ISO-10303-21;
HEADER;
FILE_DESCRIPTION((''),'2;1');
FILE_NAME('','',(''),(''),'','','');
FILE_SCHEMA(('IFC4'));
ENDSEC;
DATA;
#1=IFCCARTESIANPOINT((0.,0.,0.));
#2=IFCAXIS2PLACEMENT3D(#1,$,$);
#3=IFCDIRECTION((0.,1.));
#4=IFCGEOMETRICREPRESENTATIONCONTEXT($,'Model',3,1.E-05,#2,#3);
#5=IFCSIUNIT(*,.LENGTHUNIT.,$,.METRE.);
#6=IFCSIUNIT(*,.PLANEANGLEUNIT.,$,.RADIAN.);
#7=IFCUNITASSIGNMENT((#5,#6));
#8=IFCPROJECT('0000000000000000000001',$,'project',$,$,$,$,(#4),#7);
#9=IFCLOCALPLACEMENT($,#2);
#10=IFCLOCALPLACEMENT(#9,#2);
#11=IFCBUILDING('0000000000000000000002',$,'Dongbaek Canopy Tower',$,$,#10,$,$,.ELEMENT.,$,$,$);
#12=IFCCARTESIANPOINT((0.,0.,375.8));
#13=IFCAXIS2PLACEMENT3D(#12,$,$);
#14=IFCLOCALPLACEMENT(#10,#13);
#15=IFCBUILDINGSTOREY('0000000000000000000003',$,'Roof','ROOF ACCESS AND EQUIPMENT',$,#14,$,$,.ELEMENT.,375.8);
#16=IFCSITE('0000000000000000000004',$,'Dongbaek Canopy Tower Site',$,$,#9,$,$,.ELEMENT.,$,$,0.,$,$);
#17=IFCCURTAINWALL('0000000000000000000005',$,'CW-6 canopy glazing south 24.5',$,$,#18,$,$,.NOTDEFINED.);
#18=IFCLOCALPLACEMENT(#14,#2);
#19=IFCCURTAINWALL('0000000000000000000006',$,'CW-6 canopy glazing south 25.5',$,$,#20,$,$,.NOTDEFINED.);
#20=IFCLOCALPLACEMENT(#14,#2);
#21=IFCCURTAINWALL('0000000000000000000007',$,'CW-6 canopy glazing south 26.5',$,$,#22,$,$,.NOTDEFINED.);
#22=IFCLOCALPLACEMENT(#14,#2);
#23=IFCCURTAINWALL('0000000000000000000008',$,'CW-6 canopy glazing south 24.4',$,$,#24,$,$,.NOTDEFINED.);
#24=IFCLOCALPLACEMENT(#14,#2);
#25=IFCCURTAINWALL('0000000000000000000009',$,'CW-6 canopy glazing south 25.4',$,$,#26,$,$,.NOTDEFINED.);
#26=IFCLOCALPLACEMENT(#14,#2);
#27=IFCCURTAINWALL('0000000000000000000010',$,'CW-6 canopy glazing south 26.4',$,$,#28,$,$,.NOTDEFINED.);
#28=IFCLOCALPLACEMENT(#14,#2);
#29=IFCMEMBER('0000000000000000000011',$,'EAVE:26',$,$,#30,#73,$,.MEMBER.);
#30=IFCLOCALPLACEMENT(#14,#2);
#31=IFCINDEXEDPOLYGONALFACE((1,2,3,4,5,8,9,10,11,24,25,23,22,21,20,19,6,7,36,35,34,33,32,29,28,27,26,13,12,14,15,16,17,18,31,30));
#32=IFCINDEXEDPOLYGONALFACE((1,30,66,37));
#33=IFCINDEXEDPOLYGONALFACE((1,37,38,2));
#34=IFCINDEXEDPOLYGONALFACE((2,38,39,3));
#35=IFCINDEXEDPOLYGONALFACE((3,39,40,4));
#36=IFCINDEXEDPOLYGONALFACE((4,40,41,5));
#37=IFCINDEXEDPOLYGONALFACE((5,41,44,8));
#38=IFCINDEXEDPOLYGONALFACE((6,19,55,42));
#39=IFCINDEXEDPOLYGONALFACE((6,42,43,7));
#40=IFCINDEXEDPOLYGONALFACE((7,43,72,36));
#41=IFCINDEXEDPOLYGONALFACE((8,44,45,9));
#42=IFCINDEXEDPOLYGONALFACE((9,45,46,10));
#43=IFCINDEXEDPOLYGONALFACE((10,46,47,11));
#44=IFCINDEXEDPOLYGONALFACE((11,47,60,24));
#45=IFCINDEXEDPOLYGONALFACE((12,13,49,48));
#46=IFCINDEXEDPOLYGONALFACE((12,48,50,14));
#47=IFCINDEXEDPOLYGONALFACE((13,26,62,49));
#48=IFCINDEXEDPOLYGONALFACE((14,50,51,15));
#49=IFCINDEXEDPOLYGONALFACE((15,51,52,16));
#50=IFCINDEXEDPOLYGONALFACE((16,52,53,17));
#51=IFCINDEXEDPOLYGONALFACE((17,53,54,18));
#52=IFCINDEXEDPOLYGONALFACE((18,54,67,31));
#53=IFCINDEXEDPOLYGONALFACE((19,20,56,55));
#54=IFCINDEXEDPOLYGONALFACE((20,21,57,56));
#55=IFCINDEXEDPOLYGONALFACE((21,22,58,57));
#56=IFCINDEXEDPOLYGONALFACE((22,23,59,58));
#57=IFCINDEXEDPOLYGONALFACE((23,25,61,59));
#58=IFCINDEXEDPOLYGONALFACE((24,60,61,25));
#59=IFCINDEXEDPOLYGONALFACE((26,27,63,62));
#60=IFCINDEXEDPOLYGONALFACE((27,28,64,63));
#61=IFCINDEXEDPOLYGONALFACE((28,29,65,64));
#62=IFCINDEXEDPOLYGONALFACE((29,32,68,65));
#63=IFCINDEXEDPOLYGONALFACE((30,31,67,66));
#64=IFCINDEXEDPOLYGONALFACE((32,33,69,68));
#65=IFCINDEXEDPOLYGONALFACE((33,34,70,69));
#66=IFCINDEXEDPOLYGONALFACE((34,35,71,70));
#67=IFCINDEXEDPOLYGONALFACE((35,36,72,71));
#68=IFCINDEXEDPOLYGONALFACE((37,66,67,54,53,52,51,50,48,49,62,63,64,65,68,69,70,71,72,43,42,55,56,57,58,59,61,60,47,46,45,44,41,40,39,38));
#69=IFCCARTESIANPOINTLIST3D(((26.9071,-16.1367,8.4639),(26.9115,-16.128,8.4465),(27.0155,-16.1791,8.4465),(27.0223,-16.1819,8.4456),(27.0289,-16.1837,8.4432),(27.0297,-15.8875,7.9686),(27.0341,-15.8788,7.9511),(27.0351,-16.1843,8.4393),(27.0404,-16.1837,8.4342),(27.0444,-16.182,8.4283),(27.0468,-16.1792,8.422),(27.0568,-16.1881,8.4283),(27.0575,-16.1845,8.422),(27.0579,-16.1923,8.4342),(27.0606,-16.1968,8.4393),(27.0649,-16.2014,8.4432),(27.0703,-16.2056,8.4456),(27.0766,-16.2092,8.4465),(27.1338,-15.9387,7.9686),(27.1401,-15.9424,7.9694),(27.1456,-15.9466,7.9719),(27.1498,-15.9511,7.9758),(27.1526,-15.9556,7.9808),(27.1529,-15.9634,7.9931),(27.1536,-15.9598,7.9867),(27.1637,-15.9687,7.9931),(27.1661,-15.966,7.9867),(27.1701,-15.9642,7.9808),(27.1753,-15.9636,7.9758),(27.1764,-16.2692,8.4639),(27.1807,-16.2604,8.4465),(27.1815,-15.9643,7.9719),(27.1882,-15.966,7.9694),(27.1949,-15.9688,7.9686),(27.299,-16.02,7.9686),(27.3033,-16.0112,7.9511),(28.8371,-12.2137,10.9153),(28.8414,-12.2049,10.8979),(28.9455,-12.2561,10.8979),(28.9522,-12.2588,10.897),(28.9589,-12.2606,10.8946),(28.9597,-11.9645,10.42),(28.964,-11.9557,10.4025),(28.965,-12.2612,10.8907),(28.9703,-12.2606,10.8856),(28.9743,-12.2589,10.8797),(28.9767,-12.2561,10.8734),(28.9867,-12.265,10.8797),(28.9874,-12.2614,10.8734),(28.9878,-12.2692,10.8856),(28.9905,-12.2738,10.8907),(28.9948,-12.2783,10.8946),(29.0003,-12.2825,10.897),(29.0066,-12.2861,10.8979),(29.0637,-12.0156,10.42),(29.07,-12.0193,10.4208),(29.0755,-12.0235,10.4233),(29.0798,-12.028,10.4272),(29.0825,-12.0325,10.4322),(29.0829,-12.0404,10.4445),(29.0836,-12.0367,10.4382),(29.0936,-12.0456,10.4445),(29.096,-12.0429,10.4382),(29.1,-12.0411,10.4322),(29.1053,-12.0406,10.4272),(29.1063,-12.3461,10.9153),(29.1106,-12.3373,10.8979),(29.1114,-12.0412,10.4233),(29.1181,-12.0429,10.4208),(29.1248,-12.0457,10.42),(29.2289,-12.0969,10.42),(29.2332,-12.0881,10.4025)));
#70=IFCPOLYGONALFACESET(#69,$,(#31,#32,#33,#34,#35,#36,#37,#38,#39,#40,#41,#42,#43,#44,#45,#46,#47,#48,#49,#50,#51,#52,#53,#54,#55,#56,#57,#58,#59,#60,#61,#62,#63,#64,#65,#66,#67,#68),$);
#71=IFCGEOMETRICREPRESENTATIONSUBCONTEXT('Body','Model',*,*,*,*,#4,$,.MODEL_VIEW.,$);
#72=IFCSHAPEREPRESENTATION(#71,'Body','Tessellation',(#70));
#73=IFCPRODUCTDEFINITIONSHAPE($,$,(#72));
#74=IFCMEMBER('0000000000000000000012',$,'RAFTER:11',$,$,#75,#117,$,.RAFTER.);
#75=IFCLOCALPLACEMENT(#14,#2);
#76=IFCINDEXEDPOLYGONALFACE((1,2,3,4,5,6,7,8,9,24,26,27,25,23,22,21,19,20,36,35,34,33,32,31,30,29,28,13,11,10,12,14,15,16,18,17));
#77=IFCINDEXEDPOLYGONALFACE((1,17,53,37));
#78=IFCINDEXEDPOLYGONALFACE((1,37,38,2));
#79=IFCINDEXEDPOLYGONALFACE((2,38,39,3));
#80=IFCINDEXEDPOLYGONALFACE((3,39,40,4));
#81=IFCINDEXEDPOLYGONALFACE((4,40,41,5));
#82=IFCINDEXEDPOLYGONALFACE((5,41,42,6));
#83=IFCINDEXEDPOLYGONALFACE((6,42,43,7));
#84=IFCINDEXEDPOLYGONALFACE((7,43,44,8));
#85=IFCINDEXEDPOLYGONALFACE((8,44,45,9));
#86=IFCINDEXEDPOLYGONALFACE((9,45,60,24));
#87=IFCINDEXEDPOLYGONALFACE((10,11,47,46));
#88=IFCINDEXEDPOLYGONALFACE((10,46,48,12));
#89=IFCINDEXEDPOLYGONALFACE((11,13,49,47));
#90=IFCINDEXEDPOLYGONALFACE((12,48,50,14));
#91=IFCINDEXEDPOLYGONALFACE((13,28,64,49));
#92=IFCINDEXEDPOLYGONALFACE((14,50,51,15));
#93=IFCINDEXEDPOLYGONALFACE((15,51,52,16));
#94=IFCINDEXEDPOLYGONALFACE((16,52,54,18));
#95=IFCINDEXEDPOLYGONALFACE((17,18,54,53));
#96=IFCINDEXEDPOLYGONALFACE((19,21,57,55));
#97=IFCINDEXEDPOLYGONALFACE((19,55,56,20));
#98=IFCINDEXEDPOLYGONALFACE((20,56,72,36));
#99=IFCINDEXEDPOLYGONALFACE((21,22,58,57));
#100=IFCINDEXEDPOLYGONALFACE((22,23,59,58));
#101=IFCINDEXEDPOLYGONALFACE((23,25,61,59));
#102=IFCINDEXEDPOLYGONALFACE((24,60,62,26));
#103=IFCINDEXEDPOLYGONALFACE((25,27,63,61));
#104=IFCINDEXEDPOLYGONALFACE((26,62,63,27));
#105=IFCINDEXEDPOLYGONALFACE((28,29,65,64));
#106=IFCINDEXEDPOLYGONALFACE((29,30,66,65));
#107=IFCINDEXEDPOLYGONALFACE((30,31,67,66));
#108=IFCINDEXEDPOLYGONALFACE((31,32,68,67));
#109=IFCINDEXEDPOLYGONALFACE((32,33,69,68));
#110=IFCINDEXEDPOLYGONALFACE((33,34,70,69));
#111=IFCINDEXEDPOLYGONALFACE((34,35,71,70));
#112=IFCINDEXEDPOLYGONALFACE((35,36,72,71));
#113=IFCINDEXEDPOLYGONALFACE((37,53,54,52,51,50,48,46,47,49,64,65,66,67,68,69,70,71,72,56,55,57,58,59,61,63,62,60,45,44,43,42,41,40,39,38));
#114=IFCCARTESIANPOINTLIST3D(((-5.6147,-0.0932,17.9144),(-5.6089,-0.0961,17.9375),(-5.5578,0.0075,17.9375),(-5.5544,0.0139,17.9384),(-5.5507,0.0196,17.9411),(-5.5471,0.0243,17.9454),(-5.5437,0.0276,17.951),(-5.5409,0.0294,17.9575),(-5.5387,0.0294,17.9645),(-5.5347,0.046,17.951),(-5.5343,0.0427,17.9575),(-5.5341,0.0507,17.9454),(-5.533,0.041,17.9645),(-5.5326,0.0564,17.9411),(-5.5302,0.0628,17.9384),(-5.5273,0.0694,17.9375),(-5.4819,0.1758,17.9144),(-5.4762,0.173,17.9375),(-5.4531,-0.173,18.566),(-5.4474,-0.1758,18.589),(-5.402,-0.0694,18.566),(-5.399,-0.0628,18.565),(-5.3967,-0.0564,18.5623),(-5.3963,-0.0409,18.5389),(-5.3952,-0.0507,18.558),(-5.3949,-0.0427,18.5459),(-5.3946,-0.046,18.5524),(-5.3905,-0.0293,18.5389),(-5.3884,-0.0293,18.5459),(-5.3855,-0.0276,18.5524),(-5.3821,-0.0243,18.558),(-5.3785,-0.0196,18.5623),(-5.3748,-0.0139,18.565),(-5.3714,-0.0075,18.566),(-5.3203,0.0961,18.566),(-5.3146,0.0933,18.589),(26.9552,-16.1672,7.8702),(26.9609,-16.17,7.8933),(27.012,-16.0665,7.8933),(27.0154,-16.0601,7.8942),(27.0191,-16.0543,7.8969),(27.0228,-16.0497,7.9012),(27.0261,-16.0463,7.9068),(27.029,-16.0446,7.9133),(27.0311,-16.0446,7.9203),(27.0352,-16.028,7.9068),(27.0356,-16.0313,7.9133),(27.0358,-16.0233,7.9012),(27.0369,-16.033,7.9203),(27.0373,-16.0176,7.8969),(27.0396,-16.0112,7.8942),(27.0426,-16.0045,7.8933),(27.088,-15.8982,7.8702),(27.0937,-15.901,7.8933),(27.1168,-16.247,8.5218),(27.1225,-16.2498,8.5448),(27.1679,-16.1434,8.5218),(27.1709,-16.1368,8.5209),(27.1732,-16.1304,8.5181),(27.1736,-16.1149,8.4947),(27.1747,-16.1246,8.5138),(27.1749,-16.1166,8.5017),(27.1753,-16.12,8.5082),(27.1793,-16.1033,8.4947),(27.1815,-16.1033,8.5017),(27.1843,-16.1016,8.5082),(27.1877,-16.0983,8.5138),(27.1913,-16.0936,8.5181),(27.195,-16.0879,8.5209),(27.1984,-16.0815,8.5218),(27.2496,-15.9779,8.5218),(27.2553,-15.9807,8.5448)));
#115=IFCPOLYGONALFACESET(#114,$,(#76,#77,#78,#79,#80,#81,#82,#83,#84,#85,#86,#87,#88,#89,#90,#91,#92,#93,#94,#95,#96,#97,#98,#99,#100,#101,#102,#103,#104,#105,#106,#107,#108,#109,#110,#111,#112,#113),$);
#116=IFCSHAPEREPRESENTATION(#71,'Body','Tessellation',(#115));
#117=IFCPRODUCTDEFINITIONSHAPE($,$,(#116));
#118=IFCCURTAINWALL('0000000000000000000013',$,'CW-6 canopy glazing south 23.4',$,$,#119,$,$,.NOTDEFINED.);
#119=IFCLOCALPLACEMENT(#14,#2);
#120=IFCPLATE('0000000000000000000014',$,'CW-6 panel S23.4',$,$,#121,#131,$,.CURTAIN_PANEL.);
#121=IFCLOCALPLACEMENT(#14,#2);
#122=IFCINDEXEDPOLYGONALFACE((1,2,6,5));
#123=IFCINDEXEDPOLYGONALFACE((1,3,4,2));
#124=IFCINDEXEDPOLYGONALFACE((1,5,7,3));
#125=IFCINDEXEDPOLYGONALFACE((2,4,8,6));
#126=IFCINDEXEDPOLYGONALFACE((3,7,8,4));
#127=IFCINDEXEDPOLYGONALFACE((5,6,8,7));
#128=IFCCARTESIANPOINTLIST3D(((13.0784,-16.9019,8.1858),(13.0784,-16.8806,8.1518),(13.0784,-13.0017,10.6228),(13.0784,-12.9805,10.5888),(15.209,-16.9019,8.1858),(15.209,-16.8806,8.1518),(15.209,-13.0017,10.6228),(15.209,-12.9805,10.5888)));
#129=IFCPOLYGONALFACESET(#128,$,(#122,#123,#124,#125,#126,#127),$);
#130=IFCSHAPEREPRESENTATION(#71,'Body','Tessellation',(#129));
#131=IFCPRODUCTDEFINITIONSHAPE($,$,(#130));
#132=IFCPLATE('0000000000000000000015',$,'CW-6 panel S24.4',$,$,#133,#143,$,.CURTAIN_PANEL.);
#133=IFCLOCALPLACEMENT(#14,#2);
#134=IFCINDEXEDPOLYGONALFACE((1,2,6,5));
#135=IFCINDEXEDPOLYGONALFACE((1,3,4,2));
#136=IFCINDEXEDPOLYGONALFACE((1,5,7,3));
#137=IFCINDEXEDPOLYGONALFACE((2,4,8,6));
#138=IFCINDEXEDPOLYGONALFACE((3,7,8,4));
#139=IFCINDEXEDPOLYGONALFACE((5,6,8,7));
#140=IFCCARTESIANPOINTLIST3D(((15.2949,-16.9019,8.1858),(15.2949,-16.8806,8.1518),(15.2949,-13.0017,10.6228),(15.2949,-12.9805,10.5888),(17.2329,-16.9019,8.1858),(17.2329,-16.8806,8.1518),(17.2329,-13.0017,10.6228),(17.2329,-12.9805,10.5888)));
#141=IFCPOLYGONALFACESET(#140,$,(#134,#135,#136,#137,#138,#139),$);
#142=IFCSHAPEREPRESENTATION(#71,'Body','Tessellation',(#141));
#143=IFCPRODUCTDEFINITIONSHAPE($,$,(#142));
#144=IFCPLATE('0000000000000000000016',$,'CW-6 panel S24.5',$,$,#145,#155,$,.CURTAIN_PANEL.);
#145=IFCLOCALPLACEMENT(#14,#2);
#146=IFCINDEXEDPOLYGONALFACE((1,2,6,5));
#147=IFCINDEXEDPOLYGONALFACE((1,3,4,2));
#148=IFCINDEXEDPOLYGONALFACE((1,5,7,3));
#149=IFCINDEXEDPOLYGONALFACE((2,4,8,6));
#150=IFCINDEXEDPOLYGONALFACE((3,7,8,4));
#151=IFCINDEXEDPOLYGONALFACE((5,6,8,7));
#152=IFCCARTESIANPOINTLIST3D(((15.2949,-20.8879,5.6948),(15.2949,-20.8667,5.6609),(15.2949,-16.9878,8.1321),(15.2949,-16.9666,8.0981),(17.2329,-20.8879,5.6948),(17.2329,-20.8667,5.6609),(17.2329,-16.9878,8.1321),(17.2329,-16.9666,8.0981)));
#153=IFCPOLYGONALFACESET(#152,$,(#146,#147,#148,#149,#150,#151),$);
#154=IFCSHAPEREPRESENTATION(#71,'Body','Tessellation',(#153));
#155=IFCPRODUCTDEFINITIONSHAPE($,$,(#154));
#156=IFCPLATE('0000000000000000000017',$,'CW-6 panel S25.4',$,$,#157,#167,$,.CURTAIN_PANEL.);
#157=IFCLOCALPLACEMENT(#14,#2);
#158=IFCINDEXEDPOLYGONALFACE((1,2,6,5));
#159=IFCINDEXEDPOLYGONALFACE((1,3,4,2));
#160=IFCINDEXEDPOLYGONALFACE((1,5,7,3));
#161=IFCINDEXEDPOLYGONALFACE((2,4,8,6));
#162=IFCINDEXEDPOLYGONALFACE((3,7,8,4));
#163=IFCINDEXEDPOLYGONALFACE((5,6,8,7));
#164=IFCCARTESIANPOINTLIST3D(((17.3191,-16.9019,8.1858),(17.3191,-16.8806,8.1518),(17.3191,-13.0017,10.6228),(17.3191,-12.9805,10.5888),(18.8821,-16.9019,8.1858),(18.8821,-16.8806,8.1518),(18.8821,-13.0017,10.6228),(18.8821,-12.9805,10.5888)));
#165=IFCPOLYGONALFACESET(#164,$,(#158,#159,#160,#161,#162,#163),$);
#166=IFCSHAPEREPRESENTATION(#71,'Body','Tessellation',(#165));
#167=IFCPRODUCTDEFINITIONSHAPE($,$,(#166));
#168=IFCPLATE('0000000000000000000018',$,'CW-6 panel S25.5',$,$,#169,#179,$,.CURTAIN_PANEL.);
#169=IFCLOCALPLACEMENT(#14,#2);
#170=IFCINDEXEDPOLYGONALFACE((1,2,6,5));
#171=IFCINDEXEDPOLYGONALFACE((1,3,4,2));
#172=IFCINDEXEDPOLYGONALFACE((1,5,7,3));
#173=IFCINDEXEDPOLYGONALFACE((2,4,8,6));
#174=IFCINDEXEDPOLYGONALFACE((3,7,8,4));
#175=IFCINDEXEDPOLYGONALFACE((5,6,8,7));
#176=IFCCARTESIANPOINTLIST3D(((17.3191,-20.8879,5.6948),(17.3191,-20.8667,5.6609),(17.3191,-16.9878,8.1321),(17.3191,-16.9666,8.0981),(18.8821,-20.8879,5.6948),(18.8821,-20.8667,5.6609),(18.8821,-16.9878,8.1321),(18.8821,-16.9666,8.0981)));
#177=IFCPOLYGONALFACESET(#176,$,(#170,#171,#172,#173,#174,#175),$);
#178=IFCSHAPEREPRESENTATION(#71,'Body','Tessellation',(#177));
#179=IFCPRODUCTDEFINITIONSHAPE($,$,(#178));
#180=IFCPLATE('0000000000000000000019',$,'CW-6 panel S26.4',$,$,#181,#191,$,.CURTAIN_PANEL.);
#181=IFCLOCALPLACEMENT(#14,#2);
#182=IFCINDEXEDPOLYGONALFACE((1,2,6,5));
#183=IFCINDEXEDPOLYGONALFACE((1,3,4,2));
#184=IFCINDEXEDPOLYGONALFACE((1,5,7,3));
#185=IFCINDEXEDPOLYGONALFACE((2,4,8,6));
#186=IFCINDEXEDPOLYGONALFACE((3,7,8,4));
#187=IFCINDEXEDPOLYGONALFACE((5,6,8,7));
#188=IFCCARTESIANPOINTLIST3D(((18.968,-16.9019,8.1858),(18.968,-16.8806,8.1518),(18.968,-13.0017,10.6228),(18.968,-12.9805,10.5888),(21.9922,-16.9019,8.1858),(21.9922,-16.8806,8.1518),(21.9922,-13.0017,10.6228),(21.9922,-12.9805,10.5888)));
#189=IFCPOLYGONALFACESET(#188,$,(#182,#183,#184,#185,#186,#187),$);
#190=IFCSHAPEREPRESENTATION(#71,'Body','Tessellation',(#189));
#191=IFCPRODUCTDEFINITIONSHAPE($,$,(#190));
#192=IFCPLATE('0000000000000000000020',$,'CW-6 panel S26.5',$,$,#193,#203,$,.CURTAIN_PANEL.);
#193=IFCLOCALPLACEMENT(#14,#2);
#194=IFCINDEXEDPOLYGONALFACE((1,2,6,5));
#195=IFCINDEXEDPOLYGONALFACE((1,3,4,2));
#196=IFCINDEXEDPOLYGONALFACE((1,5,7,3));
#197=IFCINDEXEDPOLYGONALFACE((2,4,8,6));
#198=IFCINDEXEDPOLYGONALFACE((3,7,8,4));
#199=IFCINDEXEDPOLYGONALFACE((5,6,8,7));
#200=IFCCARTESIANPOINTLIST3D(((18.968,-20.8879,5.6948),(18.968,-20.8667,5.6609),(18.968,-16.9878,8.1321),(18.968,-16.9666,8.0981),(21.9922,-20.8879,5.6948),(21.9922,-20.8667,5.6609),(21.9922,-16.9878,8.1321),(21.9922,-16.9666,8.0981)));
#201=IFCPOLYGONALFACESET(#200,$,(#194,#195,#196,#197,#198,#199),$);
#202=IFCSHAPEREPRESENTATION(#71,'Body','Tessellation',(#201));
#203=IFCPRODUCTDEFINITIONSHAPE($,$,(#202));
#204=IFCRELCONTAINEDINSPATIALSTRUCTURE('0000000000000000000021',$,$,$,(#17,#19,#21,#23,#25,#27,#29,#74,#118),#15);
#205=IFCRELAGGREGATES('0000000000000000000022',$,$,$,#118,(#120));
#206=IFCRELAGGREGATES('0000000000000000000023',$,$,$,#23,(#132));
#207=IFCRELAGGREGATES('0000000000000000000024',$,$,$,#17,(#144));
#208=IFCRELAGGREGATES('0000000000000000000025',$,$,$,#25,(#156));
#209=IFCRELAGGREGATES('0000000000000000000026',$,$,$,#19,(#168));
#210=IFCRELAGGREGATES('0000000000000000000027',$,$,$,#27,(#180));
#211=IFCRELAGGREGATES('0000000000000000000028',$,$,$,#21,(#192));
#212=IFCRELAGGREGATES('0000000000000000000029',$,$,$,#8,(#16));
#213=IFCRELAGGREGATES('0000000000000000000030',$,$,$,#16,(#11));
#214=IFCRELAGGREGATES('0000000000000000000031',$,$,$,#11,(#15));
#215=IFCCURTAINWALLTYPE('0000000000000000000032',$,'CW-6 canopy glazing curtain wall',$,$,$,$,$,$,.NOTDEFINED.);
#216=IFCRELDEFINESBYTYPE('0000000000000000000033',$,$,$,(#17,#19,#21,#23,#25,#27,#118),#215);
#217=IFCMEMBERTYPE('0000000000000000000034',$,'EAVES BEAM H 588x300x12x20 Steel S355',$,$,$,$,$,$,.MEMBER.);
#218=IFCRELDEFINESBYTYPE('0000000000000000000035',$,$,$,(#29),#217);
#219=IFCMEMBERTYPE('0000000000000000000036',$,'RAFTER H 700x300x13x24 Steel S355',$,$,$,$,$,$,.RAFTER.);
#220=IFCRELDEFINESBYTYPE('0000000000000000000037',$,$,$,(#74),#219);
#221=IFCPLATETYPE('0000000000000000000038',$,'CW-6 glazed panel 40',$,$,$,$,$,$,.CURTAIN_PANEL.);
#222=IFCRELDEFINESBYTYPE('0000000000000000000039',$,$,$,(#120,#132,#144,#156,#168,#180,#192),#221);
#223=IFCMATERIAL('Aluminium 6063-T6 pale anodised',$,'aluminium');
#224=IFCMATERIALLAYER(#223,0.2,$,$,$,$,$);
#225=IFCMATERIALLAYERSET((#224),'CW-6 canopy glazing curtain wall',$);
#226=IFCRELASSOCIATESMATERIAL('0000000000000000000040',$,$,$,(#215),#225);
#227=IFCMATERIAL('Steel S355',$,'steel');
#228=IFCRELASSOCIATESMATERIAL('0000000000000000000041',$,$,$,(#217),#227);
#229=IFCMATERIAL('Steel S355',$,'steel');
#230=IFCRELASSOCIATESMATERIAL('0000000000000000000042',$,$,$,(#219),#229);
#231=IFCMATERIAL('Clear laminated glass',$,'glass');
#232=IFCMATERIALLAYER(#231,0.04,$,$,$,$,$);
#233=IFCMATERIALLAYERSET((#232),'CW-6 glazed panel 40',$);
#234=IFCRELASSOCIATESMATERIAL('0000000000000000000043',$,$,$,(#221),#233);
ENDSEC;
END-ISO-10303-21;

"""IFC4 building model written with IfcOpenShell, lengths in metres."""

from ifc_helpers import new_model, si_unit, direction, frame, origin, origin_2d, place, context, subcontext, project, spatial, polyline, i_section, outline, extrude, material, layer, layer_set, material_profile, profile_set, type_object, element, aggregate, save


model = new_model("IFC4")

# Units and contexts
model_context = context("Model", 3, precision=1e-05, world=origin(), true_north=direction((0.0, 1.0)))
body_context = subcontext(model_context, "Body", "Model", "MODEL_VIEW")
ifc_project = project(units=[si_unit("LENGTHUNIT", "METRE"), si_unit("PLANEANGLEUNIT", "RADIAN")], contexts=[model_context])

# Site, building, storey
site_placement = place(None, origin())
site = spatial("IfcSite", under=ifc_project, at=site_placement, Name="Dongbaek Canopy Tower Site", CompositionType="ELEMENT", RefElevation=0.0)
building_placement = place(site_placement, origin())
building = spatial("IfcBuilding", under=site, at=building_placement, Name="Dongbaek Canopy Tower", CompositionType="ELEMENT")
storey_placement = place(building_placement, frame((0.0, 0.0, 375.8)))
storey = spatial("IfcBuildingStorey", under=building, at=storey_placement, Name="Roof", Description="ROOF ACCESS AND EQUIPMENT", CompositionType="ELEMENT", Elevation=375.8)

# Curtain walls
ifc_material_1 = material(Name="Aluminium 6063-T6 pale anodised", Category="aluminium")
ifc_layer_1 = layer(ifc_material_1, 0.2)
ifc_layer_set_1 = layer_set([ifc_layer_1], Name="CW-6 canopy glazing curtain wall")
curtain_wall_type = type_object("IfcCurtainWallType", Name="CW-6 canopy glazing curtain wall", PredefinedType="NOTDEFINED", material=ifc_layer_set_1)
curtain_wall_1_placement = place(storey_placement, origin())
curtain_wall_1 = element("IfcCurtainWall", 1, at=curtain_wall_1_placement, inside=storey, type_object=curtain_wall_type, Name="CW-6 canopy glazing south 24.5", PredefinedType="NOTDEFINED")
curtain_wall_2_placement = place(storey_placement, origin())
curtain_wall_2 = element("IfcCurtainWall", 2, at=curtain_wall_2_placement, inside=storey, type_object=curtain_wall_type, Name="CW-6 canopy glazing south 25.5", PredefinedType="NOTDEFINED")
curtain_wall_3_placement = place(storey_placement, origin())
curtain_wall_3 = element("IfcCurtainWall", 3, at=curtain_wall_3_placement, inside=storey, type_object=curtain_wall_type, Name="CW-6 canopy glazing south 26.5", PredefinedType="NOTDEFINED")
curtain_wall_4_placement = place(storey_placement, origin())
curtain_wall_4 = element("IfcCurtainWall", 4, at=curtain_wall_4_placement, inside=storey, type_object=curtain_wall_type, Name="CW-6 canopy glazing south 24.4", PredefinedType="NOTDEFINED")
curtain_wall_5_placement = place(storey_placement, origin())
curtain_wall_5 = element("IfcCurtainWall", 5, at=curtain_wall_5_placement, inside=storey, type_object=curtain_wall_type, Name="CW-6 canopy glazing south 25.4", PredefinedType="NOTDEFINED")
curtain_wall_6_placement = place(storey_placement, origin())
curtain_wall_6 = element("IfcCurtainWall", 6, at=curtain_wall_6_placement, inside=storey, type_object=curtain_wall_type, Name="CW-6 canopy glazing south 26.4", PredefinedType="NOTDEFINED")

# Members
ifc_material_2 = material(Name="Steel S355", Category="steel")
ifc_material_profile_1 = material_profile(ifc_material_2, i_section(OverallWidth=0.3, OverallDepth=0.5879, WebThickness=0.012, FlangeThickness=0.02, FilletRadius=0.0281, at=origin_2d()), Name="EAVES BEAM H 588x300x12x20 Steel S355")
ifc_profile_set_1 = profile_set([ifc_material_profile_1], Name="Steel S355")
member_type_1 = type_object("IfcMemberType", Name="EAVES BEAM H 588x300x12x20 Steel S355", PredefinedType="MEMBER", material=ifc_profile_set_1)
member_1_placement = place(storey_placement, frame((27.1052, -16.074, 8.2075), z_axis=(0.385027, 0.782669, 0.489064), x_axis=(-0.897301, 0.441419, 0.0)))
element("IfcMember", 7, at=member_1_placement, inside=storey, type_object=member_type_1, Name="EAVE:26", PredefinedType="MEMBER", context=body_context, shape_type="SweptSolid", body=[
    extrude(i_section(OverallWidth=0.3, OverallDepth=0.5879, WebThickness=0.012, FlangeThickness=0.02, FilletRadius=0.0281, at=origin_2d()), origin(), (0.0, 0.0, 1.0), 5.0125),
])
ifc_material_3 = material(Name="Steel S355", Category="steel")
ifc_material_profile_2 = material_profile(ifc_material_3, i_section(OverallWidth=0.3, OverallDepth=0.7, WebThickness=0.0129, FlangeThickness=0.0239, FilletRadius=0.0281, at=origin_2d()), Name="RAFTER H 700x300x13x24 Steel S355")
ifc_profile_set_2 = profile_set([ifc_material_profile_2], Name="Steel S355")
member_type_2 = type_object("IfcMemberType", Name="RAFTER H 700x300x13x24 Steel S355", PredefinedType="RAFTER", material=ifc_profile_set_2)
member_2_placement = place(storey_placement, frame((27.1052, -16.074, 8.2075), z_axis=(-0.864298, 0.426551, 0.26654), x_axis=(-0.442561, -0.896738, 0.0)))
element("IfcMember", 8, at=member_2_placement, inside=storey, type_object=member_type_2, Name="RAFTER:11", PredefinedType="RAFTER", context=body_context, shape_type="SweptSolid", body=[
    extrude(i_section(OverallWidth=0.3, OverallDepth=0.7, WebThickness=0.0129, FlangeThickness=0.0239, FilletRadius=0.0281, at=origin_2d()), origin(), (0.0, 0.0, 1.0), 37.6836),
])

# Curtain wall, plate
curtain_wall_7_placement = place(storey_placement, origin())
curtain_wall_7 = element("IfcCurtainWall", 9, at=curtain_wall_7_placement, inside=storey, type_object=curtain_wall_type, Name="CW-6 canopy glazing south 23.4", PredefinedType="NOTDEFINED")
ifc_material_4 = material(Name="Clear laminated glass", Category="glass")
ifc_layer_2 = layer(ifc_material_4, 0.04)
ifc_layer_set_2 = layer_set([ifc_layer_2], Name="CW-6 glazed panel 40")
plate_type = type_object("IfcPlateType", Name="CW-6 glazed panel 40", PredefinedType="CURTAIN_PANEL", material=ifc_layer_set_2)
plate_1_placement = place(storey_placement, frame((15.209, -16.9019, 8.1858), z_axis=(0.0, -0.529908, 0.848055), x_axis=(-1.0, 0.0, 0.0)))
plate_1 = element("IfcPlate", 10, at=plate_1_placement, type_object=plate_type, Name="CW-6 panel S23.4", PredefinedType="CURTAIN_PANEL", context=body_context, shape_type="SweptSolid", body=[
    extrude(outline(polyline([(0.0, 0.0), (2.1306, 0.0), (2.1306, -4.5989), (0.0, -4.5989), (0.0, 0.0)])), origin(), (0.0, 0.0, -1.0), 0.04),
])
aggregate(curtain_wall_7, [plate_1])

# Plates
plate_2_placement = place(storey_placement, frame((17.2329, -16.9019, 8.1858), z_axis=(0.0, -0.529908, 0.848055), x_axis=(-1.0, 0.0, 0.0)))
plate_2 = element("IfcPlate", 11, at=plate_2_placement, type_object=plate_type, Name="CW-6 panel S24.4", PredefinedType="CURTAIN_PANEL", context=body_context, shape_type="SweptSolid", body=[
    extrude(outline(polyline([(0.0, 0.0), (1.938, 0.0), (1.938, -4.5989), (0.0, -4.5989), (0.0, 0.0)])), origin(), (0.0, 0.0, -1.0), 0.04),
])
aggregate(curtain_wall_4, [plate_2])
plate_3_placement = place(storey_placement, frame((17.2329, -20.8879, 5.6948), z_axis=(0.0, -0.529946, 0.848031), x_axis=(-1.0, 0.0, 0.0)))
plate_3 = element("IfcPlate", 12, at=plate_3_placement, type_object=plate_type, Name="CW-6 panel S24.5", PredefinedType="CURTAIN_PANEL", context=body_context, shape_type="SweptSolid", body=[
    extrude(outline(polyline([(0.0, 0.0), (1.938, 0.0), (1.938, -4.5991), (0.0, -4.5991), (0.0, 0.0)])), origin(), (0.0, 0.0, -1.0), 0.04),
])
aggregate(curtain_wall_1, [plate_3])
plate_4_placement = place(storey_placement, frame((18.8821, -16.9019, 8.1858), z_axis=(0.0, -0.529908, 0.848055), x_axis=(-1.0, 0.0, 0.0)))
plate_4 = element("IfcPlate", 13, at=plate_4_placement, type_object=plate_type, Name="CW-6 panel S25.4", PredefinedType="CURTAIN_PANEL", context=body_context, shape_type="SweptSolid", body=[
    extrude(outline(polyline([(0.0, 0.0), (1.563, 0.0), (1.563, -4.5989), (0.0, -4.5989), (0.0, 0.0)])), origin(), (0.0, 0.0, -1.0), 0.04),
])
aggregate(curtain_wall_5, [plate_4])
plate_5_placement = place(storey_placement, frame((18.8821, -20.8879, 5.6948), z_axis=(0.0, -0.529946, 0.848031), x_axis=(-1.0, 0.0, 0.0)))
plate_5 = element("IfcPlate", 14, at=plate_5_placement, type_object=plate_type, Name="CW-6 panel S25.5", PredefinedType="CURTAIN_PANEL", context=body_context, shape_type="SweptSolid", body=[
    extrude(outline(polyline([(0.0, 0.0), (1.563, 0.0), (1.563, -4.5991), (0.0, -4.5991), (0.0, 0.0)])), origin(), (0.0, 0.0, -1.0), 0.04),
])
aggregate(curtain_wall_2, [plate_5])
plate_6_placement = place(storey_placement, frame((21.9922, -16.9019, 8.1858), z_axis=(0.0, -0.529908, 0.848055), x_axis=(-1.0, 0.0, 0.0)))
plate_6 = element("IfcPlate", 15, at=plate_6_placement, type_object=plate_type, Name="CW-6 panel S26.4", PredefinedType="CURTAIN_PANEL", context=body_context, shape_type="SweptSolid", body=[
    extrude(outline(polyline([(0.0, 0.0), (3.0242, 0.0), (3.0242, -4.5989), (0.0, -4.5989), (0.0, 0.0)])), origin(), (0.0, 0.0, -1.0), 0.04),
])
aggregate(curtain_wall_6, [plate_6])
plate_7_placement = place(storey_placement, frame((21.9922, -20.8879, 5.6948), z_axis=(0.0, -0.529946, 0.848031), x_axis=(-1.0, 0.0, 0.0)))
plate_7 = element("IfcPlate", 16, at=plate_7_placement, type_object=plate_type, Name="CW-6 panel S26.5", PredefinedType="CURTAIN_PANEL", context=body_context, shape_type="SweptSolid", body=[
    extrude(outline(polyline([(0.0, 0.0), (3.0242, 0.0), (3.0242, -4.5991), (0.0, -4.5991), (0.0, 0.0)])), origin(), (0.0, 0.0, -1.0), 0.04),
])
aggregate(curtain_wall_3, [plate_7])

save(model, "model.ifc")
